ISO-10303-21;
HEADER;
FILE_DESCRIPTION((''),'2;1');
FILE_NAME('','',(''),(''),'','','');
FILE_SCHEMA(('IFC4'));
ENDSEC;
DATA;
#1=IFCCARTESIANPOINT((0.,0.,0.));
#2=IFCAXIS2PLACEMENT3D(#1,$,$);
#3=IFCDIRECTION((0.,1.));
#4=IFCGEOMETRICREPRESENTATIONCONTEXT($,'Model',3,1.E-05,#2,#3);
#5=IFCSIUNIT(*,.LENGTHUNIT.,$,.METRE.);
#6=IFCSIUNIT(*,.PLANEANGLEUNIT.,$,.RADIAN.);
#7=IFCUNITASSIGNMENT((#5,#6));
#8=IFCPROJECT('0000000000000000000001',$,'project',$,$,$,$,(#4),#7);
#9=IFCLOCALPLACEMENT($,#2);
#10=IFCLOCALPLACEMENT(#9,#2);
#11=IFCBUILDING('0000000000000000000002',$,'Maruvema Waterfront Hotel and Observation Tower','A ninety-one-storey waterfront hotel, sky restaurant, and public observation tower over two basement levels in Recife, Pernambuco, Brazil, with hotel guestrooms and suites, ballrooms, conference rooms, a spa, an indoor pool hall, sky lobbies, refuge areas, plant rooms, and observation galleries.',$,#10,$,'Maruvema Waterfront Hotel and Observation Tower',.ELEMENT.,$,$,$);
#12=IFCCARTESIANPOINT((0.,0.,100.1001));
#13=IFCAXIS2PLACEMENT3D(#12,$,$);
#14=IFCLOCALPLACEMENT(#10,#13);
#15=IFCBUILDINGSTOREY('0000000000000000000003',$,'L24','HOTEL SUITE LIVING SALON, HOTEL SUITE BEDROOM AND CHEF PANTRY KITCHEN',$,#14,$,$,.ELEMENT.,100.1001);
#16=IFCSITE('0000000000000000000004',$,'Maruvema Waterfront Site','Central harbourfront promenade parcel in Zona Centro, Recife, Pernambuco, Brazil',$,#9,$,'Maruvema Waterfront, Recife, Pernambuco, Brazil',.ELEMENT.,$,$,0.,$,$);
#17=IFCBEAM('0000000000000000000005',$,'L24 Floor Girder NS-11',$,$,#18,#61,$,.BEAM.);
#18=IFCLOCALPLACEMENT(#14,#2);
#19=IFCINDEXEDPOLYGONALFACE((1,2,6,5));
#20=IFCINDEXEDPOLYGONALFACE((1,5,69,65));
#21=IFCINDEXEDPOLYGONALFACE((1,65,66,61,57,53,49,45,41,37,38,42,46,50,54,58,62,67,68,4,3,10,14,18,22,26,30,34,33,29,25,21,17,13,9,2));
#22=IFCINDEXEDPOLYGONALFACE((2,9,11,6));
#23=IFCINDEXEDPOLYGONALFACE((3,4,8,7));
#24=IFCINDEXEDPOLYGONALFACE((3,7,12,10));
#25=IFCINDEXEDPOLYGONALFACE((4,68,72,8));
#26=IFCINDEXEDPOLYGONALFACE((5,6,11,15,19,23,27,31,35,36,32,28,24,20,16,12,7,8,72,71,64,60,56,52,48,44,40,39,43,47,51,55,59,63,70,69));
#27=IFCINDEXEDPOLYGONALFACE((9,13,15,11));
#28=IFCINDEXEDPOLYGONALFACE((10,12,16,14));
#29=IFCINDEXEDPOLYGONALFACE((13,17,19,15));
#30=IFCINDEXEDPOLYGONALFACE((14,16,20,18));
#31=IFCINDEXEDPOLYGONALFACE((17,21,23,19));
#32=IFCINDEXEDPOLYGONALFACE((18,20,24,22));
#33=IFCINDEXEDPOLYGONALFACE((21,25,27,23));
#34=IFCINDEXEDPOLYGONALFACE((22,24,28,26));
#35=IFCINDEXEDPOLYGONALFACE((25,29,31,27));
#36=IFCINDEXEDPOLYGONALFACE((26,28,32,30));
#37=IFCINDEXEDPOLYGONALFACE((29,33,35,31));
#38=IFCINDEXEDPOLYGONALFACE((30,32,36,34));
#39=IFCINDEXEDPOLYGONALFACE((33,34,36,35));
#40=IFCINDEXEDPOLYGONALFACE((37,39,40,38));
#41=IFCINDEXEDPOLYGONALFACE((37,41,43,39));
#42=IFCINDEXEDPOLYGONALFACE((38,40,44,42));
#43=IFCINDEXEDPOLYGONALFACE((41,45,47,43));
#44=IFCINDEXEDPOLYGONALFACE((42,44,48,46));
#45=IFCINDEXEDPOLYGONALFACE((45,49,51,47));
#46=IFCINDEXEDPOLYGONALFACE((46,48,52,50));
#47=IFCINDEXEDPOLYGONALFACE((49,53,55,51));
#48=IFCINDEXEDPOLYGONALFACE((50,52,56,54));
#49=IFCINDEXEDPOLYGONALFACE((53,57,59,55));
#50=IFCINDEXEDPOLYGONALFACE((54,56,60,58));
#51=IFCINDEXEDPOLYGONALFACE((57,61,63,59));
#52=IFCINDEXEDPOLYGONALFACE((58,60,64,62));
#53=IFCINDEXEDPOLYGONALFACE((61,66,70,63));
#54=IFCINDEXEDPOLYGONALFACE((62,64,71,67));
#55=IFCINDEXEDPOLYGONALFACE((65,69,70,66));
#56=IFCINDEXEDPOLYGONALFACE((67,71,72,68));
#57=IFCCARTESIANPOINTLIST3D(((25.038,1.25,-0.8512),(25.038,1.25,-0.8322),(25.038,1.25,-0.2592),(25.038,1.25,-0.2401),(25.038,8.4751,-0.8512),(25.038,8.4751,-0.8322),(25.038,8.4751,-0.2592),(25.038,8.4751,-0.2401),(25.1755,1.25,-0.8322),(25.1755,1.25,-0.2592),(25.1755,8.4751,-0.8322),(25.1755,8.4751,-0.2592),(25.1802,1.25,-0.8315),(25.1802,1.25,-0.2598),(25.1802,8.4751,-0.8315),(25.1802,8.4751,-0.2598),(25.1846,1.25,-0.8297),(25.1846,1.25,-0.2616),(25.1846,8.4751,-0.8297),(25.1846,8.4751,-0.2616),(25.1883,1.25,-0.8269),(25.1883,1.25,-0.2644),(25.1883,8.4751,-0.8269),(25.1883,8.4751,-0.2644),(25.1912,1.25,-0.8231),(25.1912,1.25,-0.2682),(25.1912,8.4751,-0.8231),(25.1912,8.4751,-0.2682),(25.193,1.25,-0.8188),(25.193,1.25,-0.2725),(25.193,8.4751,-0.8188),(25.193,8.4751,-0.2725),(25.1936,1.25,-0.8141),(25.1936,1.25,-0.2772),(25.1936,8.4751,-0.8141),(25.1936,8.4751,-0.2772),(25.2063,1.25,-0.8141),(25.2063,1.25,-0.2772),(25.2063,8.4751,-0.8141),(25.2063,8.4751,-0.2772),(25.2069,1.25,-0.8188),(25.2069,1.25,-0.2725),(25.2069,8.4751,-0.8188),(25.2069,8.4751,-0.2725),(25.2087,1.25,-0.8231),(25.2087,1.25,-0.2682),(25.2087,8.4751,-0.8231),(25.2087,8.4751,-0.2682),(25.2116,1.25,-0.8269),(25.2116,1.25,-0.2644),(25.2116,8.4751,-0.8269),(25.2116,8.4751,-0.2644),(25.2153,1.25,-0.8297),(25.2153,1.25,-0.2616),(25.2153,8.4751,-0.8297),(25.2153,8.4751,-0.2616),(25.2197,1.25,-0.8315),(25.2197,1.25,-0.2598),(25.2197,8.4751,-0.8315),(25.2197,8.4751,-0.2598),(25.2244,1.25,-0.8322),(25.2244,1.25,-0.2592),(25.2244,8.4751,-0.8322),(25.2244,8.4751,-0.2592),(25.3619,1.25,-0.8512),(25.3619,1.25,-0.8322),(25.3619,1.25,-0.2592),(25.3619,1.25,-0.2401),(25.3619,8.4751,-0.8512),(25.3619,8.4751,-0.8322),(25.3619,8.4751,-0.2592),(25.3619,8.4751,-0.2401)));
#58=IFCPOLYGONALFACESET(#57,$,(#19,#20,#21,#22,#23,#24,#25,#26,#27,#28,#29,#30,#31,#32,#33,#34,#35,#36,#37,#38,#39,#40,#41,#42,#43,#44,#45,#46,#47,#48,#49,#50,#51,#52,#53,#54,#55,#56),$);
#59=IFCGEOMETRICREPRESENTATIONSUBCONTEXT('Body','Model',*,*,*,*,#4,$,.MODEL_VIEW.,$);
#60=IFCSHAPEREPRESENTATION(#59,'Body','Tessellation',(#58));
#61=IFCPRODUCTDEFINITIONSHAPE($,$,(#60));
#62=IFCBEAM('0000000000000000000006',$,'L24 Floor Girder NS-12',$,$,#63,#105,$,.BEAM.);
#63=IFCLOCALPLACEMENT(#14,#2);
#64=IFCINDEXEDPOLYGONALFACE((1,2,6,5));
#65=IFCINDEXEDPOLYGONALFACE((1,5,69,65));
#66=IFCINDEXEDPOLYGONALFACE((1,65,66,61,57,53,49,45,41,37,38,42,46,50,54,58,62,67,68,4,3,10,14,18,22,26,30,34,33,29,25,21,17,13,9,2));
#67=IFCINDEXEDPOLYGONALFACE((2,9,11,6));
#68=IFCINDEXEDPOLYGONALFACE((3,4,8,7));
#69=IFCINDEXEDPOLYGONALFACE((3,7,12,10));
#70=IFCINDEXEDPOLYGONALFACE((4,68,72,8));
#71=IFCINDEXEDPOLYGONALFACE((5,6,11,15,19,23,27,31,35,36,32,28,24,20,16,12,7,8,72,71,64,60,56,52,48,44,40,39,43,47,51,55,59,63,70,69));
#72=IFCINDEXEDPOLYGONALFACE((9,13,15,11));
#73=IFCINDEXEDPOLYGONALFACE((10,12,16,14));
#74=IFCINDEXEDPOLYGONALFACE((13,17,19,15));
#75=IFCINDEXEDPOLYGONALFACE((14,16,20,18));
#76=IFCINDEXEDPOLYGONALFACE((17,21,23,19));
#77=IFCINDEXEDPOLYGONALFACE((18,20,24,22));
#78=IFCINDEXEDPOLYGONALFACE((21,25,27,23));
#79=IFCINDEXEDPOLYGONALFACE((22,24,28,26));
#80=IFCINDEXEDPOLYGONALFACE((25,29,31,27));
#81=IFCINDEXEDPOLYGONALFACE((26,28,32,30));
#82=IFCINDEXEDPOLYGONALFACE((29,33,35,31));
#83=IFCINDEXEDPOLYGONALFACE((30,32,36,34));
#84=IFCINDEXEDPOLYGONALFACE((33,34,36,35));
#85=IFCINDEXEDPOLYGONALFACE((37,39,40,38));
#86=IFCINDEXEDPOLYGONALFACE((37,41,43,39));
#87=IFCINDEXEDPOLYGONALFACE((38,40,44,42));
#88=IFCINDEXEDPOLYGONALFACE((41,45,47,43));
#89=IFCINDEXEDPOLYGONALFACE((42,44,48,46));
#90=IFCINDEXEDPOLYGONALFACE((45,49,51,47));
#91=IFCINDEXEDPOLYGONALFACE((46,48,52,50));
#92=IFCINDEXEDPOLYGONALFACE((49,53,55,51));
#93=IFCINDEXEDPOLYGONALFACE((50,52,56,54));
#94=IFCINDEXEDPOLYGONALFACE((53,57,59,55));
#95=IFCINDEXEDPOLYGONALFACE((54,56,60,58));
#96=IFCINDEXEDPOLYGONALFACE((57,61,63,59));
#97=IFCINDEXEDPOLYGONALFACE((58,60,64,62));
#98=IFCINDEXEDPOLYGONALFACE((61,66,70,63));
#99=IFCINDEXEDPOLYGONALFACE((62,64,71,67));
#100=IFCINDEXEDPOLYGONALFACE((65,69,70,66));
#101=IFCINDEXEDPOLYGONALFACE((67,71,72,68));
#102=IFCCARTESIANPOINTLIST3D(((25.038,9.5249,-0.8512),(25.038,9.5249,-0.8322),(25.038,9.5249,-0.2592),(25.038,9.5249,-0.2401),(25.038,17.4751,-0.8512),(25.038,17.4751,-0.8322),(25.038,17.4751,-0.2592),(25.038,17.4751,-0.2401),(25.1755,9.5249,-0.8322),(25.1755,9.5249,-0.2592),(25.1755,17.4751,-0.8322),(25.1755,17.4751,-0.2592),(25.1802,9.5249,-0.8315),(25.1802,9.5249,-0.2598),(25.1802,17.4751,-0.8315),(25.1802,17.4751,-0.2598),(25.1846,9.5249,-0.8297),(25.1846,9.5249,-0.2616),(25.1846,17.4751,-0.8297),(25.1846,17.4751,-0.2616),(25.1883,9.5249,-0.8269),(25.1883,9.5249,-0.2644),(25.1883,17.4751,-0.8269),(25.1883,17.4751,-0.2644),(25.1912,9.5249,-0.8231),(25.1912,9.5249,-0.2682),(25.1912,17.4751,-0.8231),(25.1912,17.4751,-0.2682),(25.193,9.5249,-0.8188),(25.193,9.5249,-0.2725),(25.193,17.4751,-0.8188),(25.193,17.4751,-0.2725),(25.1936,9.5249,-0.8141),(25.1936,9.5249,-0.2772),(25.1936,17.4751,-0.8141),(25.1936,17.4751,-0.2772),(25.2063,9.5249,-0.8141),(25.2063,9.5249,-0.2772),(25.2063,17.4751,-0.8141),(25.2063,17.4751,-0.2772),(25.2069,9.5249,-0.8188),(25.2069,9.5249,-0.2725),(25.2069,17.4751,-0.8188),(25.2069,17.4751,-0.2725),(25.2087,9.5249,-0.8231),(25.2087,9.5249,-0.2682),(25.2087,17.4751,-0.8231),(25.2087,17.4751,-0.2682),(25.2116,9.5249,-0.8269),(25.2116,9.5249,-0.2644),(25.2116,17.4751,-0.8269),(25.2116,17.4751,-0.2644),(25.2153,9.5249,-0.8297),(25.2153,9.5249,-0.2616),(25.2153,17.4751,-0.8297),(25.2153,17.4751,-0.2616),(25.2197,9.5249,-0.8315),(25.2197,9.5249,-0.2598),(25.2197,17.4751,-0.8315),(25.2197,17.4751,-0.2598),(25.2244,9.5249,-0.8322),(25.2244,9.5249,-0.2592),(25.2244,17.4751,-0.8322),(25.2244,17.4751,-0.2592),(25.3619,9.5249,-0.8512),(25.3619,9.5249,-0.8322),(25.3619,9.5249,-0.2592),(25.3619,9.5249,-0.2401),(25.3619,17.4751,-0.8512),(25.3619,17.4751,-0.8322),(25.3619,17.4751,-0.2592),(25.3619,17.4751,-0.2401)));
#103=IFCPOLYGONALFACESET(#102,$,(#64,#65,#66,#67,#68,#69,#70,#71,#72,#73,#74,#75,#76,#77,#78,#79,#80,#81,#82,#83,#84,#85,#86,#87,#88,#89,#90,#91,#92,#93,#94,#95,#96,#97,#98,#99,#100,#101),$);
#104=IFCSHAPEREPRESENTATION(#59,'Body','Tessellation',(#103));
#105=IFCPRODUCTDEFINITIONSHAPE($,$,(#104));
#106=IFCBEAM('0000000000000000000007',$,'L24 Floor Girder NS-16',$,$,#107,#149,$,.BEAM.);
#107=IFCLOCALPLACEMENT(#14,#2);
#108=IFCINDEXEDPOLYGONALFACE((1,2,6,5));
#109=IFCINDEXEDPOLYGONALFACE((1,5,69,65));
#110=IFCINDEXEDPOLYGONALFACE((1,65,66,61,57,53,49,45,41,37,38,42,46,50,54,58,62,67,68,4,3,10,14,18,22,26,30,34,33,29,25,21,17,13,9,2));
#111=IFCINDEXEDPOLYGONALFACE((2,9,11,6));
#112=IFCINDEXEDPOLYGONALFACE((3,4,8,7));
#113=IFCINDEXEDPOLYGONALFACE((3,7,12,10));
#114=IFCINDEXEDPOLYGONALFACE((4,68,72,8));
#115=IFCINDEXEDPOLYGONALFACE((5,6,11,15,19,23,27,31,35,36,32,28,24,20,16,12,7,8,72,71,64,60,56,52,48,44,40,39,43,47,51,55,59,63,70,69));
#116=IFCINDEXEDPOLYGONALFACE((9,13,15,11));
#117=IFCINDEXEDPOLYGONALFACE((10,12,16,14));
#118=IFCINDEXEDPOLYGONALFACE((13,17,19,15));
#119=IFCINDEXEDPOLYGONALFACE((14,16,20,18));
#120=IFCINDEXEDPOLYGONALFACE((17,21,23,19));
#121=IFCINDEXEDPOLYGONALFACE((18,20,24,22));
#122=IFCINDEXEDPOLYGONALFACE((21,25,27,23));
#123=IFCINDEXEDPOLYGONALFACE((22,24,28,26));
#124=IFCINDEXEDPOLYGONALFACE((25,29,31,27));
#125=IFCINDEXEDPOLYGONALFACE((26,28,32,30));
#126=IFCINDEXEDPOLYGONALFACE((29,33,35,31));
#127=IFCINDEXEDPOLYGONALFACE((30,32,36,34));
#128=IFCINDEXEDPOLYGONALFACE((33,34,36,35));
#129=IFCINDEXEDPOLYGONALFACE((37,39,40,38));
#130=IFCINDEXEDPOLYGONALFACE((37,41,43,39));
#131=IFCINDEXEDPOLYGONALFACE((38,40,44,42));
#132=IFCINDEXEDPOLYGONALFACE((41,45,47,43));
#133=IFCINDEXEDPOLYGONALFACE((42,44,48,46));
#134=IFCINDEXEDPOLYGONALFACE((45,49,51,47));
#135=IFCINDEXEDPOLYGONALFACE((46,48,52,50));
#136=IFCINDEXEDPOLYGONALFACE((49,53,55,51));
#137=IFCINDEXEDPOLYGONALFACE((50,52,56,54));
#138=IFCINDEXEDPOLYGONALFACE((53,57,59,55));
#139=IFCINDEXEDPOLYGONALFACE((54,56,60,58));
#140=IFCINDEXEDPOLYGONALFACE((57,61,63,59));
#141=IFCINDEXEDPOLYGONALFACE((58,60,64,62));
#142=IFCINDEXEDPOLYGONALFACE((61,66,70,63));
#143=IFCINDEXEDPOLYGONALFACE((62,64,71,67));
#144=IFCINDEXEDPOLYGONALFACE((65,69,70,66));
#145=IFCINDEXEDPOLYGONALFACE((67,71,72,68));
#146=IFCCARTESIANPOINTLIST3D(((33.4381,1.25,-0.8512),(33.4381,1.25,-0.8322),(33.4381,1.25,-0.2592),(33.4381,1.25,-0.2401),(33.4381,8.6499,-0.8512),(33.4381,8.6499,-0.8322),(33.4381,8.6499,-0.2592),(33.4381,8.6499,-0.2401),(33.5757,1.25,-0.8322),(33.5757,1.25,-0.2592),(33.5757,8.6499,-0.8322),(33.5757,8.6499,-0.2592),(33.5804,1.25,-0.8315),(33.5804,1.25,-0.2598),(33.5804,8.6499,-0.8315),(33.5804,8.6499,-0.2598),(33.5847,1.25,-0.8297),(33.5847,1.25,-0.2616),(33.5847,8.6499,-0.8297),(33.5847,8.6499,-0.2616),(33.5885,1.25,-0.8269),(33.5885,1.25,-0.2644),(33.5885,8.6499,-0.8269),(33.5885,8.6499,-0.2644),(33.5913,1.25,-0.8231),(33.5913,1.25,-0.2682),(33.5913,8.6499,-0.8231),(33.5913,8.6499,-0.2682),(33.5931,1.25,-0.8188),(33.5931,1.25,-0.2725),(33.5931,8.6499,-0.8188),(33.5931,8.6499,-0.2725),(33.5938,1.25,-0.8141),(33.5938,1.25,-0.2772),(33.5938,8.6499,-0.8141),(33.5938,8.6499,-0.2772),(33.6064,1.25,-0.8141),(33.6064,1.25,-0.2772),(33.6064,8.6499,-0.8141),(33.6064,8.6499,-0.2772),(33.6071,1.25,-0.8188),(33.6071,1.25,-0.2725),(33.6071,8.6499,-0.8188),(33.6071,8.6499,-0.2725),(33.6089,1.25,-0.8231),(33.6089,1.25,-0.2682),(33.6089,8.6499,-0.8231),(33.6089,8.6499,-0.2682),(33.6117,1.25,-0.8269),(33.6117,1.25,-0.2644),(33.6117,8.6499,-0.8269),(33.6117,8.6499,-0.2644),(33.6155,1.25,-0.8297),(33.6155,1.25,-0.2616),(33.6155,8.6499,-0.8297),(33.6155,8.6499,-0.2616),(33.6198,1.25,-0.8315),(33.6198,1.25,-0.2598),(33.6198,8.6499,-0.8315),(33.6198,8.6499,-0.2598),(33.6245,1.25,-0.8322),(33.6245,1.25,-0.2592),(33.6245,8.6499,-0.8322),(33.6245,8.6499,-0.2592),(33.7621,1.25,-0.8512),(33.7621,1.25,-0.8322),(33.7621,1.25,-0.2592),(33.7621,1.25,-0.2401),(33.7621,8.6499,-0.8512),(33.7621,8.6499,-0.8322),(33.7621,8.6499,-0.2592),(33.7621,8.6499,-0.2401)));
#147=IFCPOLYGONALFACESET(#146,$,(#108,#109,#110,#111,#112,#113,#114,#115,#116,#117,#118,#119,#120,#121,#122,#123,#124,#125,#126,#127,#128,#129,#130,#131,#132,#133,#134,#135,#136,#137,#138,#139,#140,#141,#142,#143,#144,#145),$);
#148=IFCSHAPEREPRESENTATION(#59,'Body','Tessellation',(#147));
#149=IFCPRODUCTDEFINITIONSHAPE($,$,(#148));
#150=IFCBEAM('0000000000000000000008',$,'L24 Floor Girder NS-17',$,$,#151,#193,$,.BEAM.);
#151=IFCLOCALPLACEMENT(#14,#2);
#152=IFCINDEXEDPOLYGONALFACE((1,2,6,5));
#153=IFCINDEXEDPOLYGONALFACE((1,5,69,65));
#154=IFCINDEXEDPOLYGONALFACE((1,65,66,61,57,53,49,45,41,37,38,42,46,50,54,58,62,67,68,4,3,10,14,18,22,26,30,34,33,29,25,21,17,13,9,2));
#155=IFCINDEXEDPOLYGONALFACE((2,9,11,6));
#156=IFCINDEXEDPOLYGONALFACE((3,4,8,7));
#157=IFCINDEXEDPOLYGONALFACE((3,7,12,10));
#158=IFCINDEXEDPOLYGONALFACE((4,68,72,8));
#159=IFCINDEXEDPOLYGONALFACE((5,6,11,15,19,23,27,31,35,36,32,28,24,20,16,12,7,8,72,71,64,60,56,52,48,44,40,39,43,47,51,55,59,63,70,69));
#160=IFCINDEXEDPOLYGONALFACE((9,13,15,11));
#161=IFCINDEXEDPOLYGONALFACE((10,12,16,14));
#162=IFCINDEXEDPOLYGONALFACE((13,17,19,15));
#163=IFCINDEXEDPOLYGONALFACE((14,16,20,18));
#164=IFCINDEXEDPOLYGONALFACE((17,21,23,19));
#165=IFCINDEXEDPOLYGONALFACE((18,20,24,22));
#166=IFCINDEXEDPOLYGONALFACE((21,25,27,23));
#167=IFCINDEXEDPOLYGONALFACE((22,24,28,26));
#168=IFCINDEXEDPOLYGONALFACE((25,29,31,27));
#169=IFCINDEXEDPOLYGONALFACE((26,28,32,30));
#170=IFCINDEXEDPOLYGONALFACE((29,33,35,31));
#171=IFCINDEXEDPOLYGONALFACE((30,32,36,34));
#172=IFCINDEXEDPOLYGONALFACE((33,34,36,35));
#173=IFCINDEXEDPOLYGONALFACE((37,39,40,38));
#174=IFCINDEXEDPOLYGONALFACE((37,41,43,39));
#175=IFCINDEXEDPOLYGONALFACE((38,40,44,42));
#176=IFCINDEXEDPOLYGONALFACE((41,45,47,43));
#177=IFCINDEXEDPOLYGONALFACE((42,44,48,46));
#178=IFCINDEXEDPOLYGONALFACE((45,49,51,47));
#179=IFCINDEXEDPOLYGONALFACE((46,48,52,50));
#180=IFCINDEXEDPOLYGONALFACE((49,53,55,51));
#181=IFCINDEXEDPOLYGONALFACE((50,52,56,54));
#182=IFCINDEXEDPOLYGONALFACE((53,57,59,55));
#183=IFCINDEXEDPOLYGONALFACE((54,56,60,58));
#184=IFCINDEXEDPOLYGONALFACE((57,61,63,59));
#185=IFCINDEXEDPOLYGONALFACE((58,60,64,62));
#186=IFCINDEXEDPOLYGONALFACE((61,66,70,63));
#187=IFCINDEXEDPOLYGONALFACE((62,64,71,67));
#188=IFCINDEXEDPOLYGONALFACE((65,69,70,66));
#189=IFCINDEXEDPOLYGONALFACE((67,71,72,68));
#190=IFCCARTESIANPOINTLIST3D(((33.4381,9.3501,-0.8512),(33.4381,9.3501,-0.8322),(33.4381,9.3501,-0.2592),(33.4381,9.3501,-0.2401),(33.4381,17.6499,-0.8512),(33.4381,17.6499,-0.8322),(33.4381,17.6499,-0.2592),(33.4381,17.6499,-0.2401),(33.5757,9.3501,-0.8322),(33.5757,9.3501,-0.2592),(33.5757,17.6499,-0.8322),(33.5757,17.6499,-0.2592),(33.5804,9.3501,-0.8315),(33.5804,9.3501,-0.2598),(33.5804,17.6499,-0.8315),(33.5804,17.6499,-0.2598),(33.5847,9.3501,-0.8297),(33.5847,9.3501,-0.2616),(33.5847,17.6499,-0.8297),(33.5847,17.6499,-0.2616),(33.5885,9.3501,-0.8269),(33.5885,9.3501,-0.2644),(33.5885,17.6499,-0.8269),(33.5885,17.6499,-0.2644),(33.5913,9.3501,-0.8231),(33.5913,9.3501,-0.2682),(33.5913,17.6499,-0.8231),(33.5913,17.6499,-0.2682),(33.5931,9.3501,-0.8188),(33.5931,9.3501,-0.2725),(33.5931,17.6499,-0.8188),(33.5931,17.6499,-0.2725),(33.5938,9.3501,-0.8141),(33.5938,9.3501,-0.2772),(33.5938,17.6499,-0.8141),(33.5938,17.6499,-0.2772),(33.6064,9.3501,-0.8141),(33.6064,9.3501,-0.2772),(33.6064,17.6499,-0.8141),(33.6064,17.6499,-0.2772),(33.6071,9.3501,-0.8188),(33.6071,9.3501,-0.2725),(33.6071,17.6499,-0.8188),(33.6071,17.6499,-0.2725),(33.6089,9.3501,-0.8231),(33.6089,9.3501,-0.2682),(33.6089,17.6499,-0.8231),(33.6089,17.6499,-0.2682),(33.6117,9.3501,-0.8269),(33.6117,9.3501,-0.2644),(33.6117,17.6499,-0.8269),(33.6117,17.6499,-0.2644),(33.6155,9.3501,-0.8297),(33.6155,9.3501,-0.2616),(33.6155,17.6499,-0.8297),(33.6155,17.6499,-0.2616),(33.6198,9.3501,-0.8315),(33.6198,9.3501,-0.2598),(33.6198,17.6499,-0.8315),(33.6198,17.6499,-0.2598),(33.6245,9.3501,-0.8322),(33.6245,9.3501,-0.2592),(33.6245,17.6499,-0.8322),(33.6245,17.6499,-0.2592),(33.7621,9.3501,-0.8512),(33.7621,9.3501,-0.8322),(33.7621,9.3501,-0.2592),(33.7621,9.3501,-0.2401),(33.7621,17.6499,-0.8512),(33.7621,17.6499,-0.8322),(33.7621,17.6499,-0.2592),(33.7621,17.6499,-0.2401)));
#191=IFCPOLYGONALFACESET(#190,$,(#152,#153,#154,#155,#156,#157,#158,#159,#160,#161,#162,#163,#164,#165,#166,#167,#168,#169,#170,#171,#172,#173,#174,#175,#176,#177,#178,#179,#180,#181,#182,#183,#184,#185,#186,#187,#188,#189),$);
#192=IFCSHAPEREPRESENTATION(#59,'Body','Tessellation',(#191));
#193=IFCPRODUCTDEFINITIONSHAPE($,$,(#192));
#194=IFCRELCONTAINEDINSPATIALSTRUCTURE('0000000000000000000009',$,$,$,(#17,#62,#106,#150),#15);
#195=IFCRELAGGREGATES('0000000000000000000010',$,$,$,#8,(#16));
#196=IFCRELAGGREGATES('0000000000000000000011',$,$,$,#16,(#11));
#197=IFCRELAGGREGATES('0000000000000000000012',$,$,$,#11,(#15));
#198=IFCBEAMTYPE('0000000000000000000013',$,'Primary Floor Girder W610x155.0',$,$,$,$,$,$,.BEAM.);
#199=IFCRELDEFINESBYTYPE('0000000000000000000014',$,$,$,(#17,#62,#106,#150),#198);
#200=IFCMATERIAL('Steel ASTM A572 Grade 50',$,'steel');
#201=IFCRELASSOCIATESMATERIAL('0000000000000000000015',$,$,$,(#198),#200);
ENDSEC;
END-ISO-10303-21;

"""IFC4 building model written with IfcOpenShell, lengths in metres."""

from ifc_helpers import new_model, si_unit, direction, frame, origin, origin_2d, place, context, subcontext, project, spatial, i_section, extrude, material, material_profile, profile_set, type_object, element, save


model = new_model("IFC4")

# Units and contexts
model_context = context("Model", 3, precision=1e-05, world=origin(), true_north=direction((0.0, 1.0)))
body_context = subcontext(model_context, "Body", "Model", "MODEL_VIEW")
ifc_project = project(units=[si_unit("LENGTHUNIT", "METRE"), si_unit("PLANEANGLEUNIT", "RADIAN")], contexts=[model_context])

# Site, building, storey
site_placement = place(None, origin())
site = spatial("IfcSite", under=ifc_project, at=site_placement, Name="Maruvema Waterfront Site", Description="Central harbourfront promenade parcel in Zona Centro, Recife, Pernambuco, Brazil", LongName="Maruvema Waterfront, Recife, Pernambuco, Brazil", CompositionType="ELEMENT", RefElevation=0.0)
building_placement = place(site_placement, origin())
building = spatial("IfcBuilding", under=site, at=building_placement, Name="Maruvema Waterfront Hotel and Observation Tower", Description="A ninety-one-storey waterfront hotel, sky restaurant, and public observation tower over two basement levels in Recife, Pernambuco, Brazil, with hotel guestrooms and suites, ballrooms, conference rooms, a spa, an indoor pool hall, sky lobbies, refuge areas, plant rooms, and observation galleries.", LongName="Maruvema Waterfront Hotel and Observation Tower", CompositionType="ELEMENT")
storey_placement = place(building_placement, frame((0.0, 0.0, 100.1001)))
storey = spatial("IfcBuildingStorey", under=building, at=storey_placement, Name="L24", Description="HOTEL SUITE LIVING SALON, HOTEL SUITE BEDROOM AND CHEF PANTRY KITCHEN", CompositionType="ELEMENT", Elevation=100.1001)

# Beams
ifc_material_1 = material(Name="Steel ASTM A572 Grade 50", Category="steel")
ifc_material_profile_1 = material_profile(ifc_material_1, i_section(OverallWidth=0.324, OverallDepth=0.6111, WebThickness=0.0127, FlangeThickness=0.019, FilletRadius=0.0181, at=origin_2d()), Name="W610x155.0")
ifc_profile_set_1 = profile_set([ifc_material_profile_1], Name="Steel ASTM A572 Grade 50")
beam_type_1 = type_object("IfcBeamType", Name="Primary Floor Girder W610x155.0", PredefinedType="BEAM", material=ifc_profile_set_1)
beam_1_placement = place(storey_placement, frame((25.2, 1.25, -0.5457), z_axis=(0.0, 1.0, 0.0), x_axis=(-1.0, 0.0, 0.0)))
element("IfcBeam", 1, at=beam_1_placement, inside=storey, type_object=beam_type_1, Name="L24 Floor Girder NS-11", PredefinedType="BEAM", context=body_context, shape_type="SweptSolid", body=[
    extrude(i_section(OverallWidth=0.324, OverallDepth=0.6111, WebThickness=0.0127, FlangeThickness=0.019, FilletRadius=0.0181, at=origin_2d()), origin(), (0.0, 0.0, 1.0), 7.2251),
])
beam_2_placement = place(storey_placement, frame((25.2, 9.5249, -0.5457), z_axis=(0.0, 1.0, 0.0), x_axis=(-1.0, 0.0, 0.0)))
element("IfcBeam", 2, at=beam_2_placement, inside=storey, type_object=beam_type_1, Name="L24 Floor Girder NS-12", PredefinedType="BEAM", context=body_context, shape_type="SweptSolid", body=[
    extrude(i_section(OverallWidth=0.324, OverallDepth=0.6111, WebThickness=0.0127, FlangeThickness=0.019, FilletRadius=0.0181, at=origin_2d()), origin(), (0.0, 0.0, 1.0), 7.9502),
])
beam_3_placement = place(storey_placement, frame((33.6001, 1.25, -0.5457), z_axis=(0.0, 1.0, 0.0), x_axis=(-1.0, 0.0, 0.0)))
element("IfcBeam", 3, at=beam_3_placement, inside=storey, type_object=beam_type_1, Name="L24 Floor Girder NS-16", PredefinedType="BEAM", context=body_context, shape_type="SweptSolid", body=[
    extrude(i_section(OverallWidth=0.324, OverallDepth=0.6111, WebThickness=0.0127, FlangeThickness=0.019, FilletRadius=0.0181, at=origin_2d()), origin(), (0.0, 0.0, 1.0), 7.3999),
])
beam_4_placement = place(storey_placement, frame((33.6001, 9.3501, -0.5457), z_axis=(0.0, 1.0, 0.0), x_axis=(-1.0, 0.0, 0.0)))
element("IfcBeam", 4, at=beam_4_placement, inside=storey, type_object=beam_type_1, Name="L24 Floor Girder NS-17", PredefinedType="BEAM", context=body_context, shape_type="SweptSolid", body=[
    extrude(i_section(OverallWidth=0.324, OverallDepth=0.6111, WebThickness=0.0127, FlangeThickness=0.019, FilletRadius=0.0181, at=origin_2d()), origin(), (0.0, 0.0, 1.0), 8.2998),
])

save(model, "model.ifc")
